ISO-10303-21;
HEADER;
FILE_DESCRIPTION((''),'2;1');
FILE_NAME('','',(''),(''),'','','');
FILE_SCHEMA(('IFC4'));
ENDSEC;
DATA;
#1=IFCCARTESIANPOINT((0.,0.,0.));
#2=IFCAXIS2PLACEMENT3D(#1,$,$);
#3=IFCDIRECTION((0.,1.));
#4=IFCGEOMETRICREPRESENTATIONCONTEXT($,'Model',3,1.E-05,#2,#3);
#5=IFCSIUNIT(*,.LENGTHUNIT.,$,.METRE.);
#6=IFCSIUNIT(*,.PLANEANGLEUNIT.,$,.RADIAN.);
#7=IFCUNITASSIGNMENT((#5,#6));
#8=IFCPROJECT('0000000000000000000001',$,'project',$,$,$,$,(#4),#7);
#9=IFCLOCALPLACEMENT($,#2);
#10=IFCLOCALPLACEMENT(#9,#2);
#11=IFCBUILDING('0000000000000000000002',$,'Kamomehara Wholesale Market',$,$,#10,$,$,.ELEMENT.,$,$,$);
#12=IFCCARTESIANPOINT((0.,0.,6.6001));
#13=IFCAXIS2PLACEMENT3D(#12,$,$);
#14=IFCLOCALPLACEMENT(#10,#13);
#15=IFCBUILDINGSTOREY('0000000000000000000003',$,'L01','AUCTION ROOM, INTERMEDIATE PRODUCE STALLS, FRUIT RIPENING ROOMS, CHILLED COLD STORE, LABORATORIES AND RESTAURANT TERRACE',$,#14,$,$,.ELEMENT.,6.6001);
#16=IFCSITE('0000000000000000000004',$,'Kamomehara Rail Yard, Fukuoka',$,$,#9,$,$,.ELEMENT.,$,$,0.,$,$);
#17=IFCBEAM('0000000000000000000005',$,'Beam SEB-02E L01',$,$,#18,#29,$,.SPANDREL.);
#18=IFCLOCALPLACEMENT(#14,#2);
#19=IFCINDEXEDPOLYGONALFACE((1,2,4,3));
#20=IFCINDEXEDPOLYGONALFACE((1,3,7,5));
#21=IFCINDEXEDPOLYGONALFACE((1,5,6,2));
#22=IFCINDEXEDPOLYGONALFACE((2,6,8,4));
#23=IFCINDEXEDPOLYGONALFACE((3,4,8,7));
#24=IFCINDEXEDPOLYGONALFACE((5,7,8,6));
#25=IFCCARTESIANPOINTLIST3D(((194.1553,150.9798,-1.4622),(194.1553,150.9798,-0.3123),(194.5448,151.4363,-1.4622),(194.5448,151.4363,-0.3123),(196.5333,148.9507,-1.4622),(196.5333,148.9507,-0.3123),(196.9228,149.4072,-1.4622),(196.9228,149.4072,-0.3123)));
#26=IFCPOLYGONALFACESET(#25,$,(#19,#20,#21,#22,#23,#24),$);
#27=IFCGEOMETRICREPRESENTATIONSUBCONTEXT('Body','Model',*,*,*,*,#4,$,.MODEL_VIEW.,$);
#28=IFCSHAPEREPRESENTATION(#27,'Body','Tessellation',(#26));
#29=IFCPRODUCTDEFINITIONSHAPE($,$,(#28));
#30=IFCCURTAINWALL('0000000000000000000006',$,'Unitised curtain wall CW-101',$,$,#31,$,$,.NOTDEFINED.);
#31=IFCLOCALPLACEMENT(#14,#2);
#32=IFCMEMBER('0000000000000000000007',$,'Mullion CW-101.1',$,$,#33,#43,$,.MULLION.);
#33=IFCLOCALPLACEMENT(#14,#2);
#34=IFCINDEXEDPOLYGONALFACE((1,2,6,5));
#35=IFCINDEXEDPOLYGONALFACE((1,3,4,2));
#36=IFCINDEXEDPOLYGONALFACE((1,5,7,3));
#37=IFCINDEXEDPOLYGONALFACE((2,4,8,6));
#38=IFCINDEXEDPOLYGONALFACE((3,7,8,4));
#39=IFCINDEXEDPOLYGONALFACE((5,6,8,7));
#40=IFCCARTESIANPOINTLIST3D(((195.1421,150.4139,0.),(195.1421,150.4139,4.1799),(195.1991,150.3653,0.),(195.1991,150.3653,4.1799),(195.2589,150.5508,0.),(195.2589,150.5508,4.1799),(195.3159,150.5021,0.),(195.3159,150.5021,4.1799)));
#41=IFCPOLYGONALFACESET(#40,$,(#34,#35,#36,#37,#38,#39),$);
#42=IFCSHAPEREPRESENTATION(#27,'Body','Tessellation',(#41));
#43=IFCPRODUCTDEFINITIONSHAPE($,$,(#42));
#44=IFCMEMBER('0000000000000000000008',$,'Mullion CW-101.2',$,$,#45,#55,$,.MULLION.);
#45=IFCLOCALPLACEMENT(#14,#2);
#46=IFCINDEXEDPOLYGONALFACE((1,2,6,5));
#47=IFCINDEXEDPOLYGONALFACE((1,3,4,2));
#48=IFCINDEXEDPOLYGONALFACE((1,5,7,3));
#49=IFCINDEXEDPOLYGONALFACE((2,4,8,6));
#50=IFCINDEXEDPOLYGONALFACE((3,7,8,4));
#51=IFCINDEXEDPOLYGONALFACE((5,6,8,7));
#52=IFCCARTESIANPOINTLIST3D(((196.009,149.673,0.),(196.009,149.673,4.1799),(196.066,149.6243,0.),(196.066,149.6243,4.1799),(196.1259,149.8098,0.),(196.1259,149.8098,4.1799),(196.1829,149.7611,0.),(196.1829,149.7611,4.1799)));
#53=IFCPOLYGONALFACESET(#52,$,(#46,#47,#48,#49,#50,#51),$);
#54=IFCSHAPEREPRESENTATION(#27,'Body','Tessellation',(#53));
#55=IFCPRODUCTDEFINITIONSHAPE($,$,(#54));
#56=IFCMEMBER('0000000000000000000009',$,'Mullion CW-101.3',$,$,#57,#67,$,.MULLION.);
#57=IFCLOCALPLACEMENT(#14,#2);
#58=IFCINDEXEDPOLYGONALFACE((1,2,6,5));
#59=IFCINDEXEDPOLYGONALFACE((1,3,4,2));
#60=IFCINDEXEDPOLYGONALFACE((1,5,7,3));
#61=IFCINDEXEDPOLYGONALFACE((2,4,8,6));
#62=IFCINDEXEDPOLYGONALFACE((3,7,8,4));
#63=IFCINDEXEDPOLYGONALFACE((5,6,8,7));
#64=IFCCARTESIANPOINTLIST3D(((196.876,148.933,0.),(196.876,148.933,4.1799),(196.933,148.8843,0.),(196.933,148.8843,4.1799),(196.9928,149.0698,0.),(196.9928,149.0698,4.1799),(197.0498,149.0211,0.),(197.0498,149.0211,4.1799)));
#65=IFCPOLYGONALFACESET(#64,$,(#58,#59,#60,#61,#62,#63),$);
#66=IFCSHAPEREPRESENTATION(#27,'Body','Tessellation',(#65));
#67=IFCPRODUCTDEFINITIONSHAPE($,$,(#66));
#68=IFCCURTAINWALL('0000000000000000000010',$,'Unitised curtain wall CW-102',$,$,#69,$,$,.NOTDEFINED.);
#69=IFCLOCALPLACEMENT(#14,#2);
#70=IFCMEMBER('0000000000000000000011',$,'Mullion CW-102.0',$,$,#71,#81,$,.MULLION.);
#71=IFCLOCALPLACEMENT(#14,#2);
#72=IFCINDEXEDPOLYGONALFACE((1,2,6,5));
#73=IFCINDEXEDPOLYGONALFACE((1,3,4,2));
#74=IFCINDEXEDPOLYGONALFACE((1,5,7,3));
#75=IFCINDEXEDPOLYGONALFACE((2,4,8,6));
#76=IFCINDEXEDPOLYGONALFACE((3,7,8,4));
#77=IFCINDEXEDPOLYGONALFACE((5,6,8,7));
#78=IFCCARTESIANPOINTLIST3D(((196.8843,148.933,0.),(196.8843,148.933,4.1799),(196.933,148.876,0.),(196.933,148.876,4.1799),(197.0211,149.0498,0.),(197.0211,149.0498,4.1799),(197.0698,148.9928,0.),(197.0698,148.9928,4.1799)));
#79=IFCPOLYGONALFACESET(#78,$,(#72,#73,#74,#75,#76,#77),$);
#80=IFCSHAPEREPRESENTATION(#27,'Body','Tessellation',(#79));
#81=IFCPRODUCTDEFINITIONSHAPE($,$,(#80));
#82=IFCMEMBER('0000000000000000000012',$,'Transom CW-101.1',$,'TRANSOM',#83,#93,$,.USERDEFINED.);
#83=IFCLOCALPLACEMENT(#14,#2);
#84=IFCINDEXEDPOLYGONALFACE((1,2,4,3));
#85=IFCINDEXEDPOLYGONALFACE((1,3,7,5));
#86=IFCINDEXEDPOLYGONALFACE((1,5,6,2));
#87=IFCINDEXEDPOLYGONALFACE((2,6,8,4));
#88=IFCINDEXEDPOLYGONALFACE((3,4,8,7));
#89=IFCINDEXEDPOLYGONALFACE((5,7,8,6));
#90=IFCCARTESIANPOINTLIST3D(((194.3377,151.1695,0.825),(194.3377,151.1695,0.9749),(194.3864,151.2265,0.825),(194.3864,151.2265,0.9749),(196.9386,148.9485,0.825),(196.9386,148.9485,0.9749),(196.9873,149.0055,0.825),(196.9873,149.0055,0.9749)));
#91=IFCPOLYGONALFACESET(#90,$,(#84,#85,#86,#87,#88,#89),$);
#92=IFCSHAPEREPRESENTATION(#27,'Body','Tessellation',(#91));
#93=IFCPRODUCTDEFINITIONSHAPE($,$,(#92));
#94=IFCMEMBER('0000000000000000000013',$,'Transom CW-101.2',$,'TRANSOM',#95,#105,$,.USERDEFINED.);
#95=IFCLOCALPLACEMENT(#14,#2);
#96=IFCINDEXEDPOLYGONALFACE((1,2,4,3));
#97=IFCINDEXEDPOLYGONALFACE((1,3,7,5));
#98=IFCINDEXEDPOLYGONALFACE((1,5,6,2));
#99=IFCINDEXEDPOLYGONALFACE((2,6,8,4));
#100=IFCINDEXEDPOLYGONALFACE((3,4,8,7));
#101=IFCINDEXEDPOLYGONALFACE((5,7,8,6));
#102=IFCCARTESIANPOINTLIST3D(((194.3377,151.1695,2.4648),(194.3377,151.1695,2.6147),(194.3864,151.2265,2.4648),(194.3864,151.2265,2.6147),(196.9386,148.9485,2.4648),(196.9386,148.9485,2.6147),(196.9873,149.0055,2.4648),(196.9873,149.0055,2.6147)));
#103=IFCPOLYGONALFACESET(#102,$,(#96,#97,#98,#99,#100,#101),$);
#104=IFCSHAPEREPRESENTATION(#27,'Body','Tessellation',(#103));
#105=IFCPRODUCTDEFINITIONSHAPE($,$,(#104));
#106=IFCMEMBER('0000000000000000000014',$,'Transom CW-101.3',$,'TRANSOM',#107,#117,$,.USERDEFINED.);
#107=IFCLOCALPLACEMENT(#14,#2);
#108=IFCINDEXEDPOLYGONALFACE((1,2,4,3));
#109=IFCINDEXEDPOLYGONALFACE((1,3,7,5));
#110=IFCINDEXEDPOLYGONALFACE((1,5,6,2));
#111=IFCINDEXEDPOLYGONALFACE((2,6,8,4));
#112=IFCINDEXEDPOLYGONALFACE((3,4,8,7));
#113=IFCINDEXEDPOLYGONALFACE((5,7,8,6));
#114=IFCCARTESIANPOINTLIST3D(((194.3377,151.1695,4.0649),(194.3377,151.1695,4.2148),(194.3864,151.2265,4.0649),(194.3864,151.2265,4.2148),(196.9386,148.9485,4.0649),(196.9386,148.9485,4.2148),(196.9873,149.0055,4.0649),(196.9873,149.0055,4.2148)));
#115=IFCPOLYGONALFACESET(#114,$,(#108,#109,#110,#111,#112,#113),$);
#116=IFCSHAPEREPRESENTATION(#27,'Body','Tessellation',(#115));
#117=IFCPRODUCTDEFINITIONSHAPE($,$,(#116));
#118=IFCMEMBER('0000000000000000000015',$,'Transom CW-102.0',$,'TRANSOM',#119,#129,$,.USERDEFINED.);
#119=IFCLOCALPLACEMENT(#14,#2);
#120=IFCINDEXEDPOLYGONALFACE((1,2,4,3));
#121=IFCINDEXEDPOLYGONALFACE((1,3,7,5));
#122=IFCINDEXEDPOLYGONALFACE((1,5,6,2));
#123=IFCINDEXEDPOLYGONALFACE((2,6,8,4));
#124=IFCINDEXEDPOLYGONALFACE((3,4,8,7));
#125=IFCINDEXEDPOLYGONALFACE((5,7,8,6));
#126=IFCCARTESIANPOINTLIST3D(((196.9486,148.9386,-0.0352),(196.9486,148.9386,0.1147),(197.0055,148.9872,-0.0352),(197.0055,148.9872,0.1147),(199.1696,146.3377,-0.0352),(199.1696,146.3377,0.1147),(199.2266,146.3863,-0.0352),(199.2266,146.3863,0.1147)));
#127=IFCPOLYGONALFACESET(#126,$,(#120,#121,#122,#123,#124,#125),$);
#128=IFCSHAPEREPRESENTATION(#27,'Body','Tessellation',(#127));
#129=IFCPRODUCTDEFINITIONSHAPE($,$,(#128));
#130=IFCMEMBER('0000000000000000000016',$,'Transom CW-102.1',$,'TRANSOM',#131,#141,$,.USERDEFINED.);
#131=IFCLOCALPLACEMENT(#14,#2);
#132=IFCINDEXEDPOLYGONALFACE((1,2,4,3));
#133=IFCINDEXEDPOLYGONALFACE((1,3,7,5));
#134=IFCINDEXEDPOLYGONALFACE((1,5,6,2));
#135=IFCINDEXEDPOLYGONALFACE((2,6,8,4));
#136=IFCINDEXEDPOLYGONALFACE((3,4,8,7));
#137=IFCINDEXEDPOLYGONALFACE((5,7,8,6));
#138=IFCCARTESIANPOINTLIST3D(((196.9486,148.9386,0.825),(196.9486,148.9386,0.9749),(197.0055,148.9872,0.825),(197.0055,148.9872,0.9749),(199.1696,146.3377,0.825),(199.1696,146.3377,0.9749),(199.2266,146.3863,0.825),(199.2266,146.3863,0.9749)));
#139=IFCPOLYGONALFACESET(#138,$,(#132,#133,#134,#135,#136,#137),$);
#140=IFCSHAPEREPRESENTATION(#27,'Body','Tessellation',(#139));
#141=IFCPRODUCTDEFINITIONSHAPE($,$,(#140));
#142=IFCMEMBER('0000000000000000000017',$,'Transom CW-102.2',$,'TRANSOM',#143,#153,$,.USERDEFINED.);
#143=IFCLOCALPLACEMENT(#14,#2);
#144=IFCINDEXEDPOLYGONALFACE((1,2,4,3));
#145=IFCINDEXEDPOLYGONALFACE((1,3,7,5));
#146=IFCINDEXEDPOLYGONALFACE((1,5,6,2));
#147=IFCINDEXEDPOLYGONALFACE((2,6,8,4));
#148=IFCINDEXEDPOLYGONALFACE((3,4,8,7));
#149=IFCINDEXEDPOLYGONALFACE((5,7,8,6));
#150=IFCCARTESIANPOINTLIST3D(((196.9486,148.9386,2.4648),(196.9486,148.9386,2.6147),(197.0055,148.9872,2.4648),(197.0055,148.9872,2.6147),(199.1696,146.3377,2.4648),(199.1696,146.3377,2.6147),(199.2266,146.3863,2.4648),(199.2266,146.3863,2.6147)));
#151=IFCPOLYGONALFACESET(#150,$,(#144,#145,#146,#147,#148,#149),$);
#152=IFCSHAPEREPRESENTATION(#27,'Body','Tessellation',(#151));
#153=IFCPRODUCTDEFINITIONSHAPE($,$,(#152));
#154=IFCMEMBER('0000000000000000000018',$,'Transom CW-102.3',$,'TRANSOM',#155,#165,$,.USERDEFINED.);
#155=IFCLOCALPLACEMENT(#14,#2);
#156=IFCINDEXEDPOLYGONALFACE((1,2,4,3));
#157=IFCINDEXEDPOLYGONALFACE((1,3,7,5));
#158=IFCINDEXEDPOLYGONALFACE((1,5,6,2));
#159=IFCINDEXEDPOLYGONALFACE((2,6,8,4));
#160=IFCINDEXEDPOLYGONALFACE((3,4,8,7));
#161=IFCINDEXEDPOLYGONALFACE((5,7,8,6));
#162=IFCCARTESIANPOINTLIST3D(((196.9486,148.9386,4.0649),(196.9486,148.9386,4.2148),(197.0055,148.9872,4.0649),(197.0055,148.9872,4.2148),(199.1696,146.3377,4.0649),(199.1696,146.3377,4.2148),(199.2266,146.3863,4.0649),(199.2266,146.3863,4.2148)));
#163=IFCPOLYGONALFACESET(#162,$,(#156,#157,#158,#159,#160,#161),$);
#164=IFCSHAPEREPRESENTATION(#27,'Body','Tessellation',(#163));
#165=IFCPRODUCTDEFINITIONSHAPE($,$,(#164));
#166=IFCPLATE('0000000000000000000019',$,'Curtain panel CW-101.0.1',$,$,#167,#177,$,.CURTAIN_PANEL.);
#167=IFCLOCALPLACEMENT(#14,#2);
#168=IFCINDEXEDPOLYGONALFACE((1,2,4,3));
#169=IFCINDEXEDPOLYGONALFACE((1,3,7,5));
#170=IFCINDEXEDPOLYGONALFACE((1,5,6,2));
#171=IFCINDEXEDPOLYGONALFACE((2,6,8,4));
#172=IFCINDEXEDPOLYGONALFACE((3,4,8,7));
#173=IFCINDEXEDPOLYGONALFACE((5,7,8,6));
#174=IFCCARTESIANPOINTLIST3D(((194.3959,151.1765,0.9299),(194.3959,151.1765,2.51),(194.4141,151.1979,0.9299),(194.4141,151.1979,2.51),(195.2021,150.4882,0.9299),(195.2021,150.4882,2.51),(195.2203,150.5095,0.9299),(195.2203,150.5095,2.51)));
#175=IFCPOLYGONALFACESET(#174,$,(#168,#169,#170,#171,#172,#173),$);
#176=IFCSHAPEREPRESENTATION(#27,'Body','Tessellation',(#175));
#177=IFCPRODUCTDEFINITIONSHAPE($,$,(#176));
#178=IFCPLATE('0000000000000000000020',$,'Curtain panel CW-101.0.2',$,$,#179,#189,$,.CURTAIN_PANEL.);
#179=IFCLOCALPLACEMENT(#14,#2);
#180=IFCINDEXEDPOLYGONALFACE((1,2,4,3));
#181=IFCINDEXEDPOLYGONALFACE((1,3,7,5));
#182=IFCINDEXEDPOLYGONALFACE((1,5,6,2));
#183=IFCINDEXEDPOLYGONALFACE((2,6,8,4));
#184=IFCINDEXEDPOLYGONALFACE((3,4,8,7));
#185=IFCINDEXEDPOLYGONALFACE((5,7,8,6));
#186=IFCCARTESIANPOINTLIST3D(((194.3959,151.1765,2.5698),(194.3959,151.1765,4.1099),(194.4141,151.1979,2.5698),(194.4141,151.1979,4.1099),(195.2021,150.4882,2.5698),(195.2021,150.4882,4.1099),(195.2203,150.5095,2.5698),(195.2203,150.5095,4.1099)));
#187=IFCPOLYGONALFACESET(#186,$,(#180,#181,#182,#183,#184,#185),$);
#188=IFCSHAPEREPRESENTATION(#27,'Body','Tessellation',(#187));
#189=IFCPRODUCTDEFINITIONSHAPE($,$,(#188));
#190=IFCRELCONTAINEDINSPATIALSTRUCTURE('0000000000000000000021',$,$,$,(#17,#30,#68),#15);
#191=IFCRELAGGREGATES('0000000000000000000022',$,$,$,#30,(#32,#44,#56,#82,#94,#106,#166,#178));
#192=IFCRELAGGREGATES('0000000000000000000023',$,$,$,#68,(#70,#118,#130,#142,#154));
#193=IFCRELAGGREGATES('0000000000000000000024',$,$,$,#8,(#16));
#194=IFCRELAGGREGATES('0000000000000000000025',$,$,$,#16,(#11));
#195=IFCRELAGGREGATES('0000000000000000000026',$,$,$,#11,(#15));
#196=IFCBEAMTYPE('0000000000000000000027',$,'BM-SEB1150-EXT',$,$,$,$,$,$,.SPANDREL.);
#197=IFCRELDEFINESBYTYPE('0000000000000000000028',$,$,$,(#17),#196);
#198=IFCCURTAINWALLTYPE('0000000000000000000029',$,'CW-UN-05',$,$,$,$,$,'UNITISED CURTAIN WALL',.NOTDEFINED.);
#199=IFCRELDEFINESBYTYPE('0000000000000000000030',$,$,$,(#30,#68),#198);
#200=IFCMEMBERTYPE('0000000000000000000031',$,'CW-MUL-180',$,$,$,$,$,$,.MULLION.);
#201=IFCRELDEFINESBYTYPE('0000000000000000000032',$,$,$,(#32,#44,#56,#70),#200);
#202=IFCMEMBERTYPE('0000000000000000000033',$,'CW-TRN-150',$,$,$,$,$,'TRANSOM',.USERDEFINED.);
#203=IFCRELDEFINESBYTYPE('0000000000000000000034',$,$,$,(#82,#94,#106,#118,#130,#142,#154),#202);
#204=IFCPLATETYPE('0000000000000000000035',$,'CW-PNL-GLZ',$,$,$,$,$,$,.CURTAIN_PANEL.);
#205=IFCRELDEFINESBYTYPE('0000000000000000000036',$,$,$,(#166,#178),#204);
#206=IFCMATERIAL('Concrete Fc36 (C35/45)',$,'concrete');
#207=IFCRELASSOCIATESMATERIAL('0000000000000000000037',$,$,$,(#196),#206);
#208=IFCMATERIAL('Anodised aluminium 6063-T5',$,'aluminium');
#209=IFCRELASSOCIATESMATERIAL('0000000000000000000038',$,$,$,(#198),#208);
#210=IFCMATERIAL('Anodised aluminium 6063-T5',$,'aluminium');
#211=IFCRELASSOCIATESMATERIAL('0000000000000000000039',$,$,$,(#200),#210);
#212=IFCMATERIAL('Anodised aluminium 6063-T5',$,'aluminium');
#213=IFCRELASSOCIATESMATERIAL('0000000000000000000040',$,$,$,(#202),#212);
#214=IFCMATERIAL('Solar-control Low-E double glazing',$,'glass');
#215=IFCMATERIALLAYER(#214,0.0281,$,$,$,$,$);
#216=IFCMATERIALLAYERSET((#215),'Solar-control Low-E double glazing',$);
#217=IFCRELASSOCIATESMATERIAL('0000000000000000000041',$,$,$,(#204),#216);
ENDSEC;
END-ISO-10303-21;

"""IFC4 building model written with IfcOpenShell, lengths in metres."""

from ifc_helpers import new_model, si_unit, direction, frame, origin, origin_2d, place, context, subcontext, project, spatial, rectangle, extrude, material, layer, layer_set, material_profile, profile_set, type_object, element, aggregate, save


model = new_model("IFC4")

# Units and contexts
model_context = context("Model", 3, precision=1e-05, world=origin(), true_north=direction((0.0, 1.0)))
body_context = subcontext(model_context, "Body", "Model", "MODEL_VIEW")
ifc_project = project(units=[si_unit("LENGTHUNIT", "METRE"), si_unit("PLANEANGLEUNIT", "RADIAN")], contexts=[model_context])

# Site, building, storey
site_placement = place(None, origin())
site = spatial("IfcSite", under=ifc_project, at=site_placement, Name="Kamomehara Rail Yard, Fukuoka", CompositionType="ELEMENT", RefElevation=0.0)
building_placement = place(site_placement, origin())
building = spatial("IfcBuilding", under=site, at=building_placement, Name="Kamomehara Wholesale Market", CompositionType="ELEMENT")
storey_placement = place(building_placement, frame((0.0, 0.0, 6.6001)))
storey = spatial("IfcBuildingStorey", under=building, at=storey_placement, Name="L01", Description="AUCTION ROOM, INTERMEDIATE PRODUCE STALLS, FRUIT RIPENING ROOMS, CHILLED COLD STORE, LABORATORIES AND RESTAURANT TERRACE", CompositionType="ELEMENT", Elevation=6.6001)

# Beam
ifc_material_1 = material(Name="Concrete Fc36 (C35/45)", Category="concrete")
ifc_material_profile_1 = material_profile(ifc_material_1, rectangle(XDim=0.6001, YDim=1.1499, at=origin_2d()), Name="RC-SEB-600x1150")
ifc_profile_set_1 = profile_set([ifc_material_profile_1], Name="Concrete Fc36 (C35/45)")
beam_type = type_object("IfcBeamType", Name="BM-SEB1150-EXT", PredefinedType="SPANDREL", material=ifc_profile_set_1)
beam_placement = place(storey_placement, frame((196.728, 149.179, -0.8872), z_axis=(-0.760705, 0.649098, 0.0), x_axis=(-0.649098, -0.760705, 0.0)))
element("IfcBeam", 1, at=beam_placement, inside=storey, type_object=beam_type, Name="Beam SEB-02E L01", PredefinedType="SPANDREL", context=body_context, shape_type="SweptSolid", body=[
    extrude(rectangle(XDim=0.6001, YDim=1.1499, at=origin_2d()), origin(), (0.0, 0.0, 1.0), 3.126),
])

# Curtain wall, members
ifc_material_2 = material(Name="Anodised aluminium 6063-T5", Category="aluminium")
curtain_wall_type = type_object("IfcCurtainWallType", Name="CW-UN-05", ElementType="UNITISED CURTAIN WALL", PredefinedType="NOTDEFINED", material=ifc_material_2)
curtain_wall_1_placement = place(storey_placement, origin())
curtain_wall_1 = element("IfcCurtainWall", 2, at=curtain_wall_1_placement, inside=storey, type_object=curtain_wall_type, Name="Unitised curtain wall CW-101", PredefinedType="NOTDEFINED")
ifc_material_3 = material(Name="Anodised aluminium 6063-T5", Category="aluminium")
ifc_material_profile_2 = material_profile(ifc_material_3, rectangle(XDim=0.075, YDim=0.1799, at=origin_2d()), Name="ALU-MUL-75x180")
ifc_profile_set_2 = profile_set([ifc_material_profile_2], Name="Anodised aluminium 6063-T5")
member_type_1 = type_object("IfcMemberType", Name="CW-MUL-180", PredefinedType="MULLION", material=ifc_profile_set_2)
member_1_placement = place(storey_placement, frame((195.229, 150.458, 0.0), z_axis=(0.0, 0.0, 1.0), x_axis=(0.760473, -0.64937, 0.0)))
member_1 = element("IfcMember", 3, at=member_1_placement, type_object=member_type_1, Name="Mullion CW-101.1", PredefinedType="MULLION", context=body_context, shape_type="SweptSolid", body=[
    extrude(rectangle(XDim=0.075, YDim=0.1799, at=origin_2d()), origin(), (0.0, 0.0, 1.0), 4.1799),
])
member_2_placement = place(storey_placement, frame((196.0959, 149.717, 0.0), z_axis=(0.0, 0.0, 1.0), x_axis=(0.760473, -0.64937, 0.0)))
member_2 = element("IfcMember", 4, at=member_2_placement, type_object=member_type_1, Name="Mullion CW-101.2", PredefinedType="MULLION", context=body_context, shape_type="SweptSolid", body=[
    extrude(rectangle(XDim=0.075, YDim=0.1799, at=origin_2d()), origin(), (0.0, 0.0, 1.0), 4.1799),
])
member_3_placement = place(storey_placement, frame((196.9629, 148.9771, 0.0), z_axis=(0.0, 0.0, 1.0), x_axis=(0.760473, -0.64937, 0.0)))
member_3 = element("IfcMember", 5, at=member_3_placement, type_object=member_type_1, Name="Mullion CW-101.3", PredefinedType="MULLION", context=body_context, shape_type="SweptSolid", body=[
    extrude(rectangle(XDim=0.075, YDim=0.1799, at=origin_2d()), origin(), (0.0, 0.0, 1.0), 4.1799),
])

# Curtain wall, member
curtain_wall_2_placement = place(storey_placement, origin())
curtain_wall_2 = element("IfcCurtainWall", 6, at=curtain_wall_2_placement, inside=storey, type_object=curtain_wall_type, Name="Unitised curtain wall CW-102", PredefinedType="NOTDEFINED")
member_4_placement = place(storey_placement, frame((196.9771, 148.9629, 0.0), z_axis=(0.0, 0.0, 1.0), x_axis=(0.64937, -0.760473, 0.0)))
member_4 = element("IfcMember", 7, at=member_4_placement, type_object=member_type_1, Name="Mullion CW-102.0", PredefinedType="MULLION", context=body_context, shape_type="SweptSolid", body=[
    extrude(rectangle(XDim=0.075, YDim=0.1799, at=origin_2d()), origin(), (0.0, 0.0, 1.0), 4.1799),
])

# Members
ifc_material_4 = material(Name="Anodised aluminium 6063-T5", Category="aluminium")
ifc_material_profile_3 = material_profile(ifc_material_4, rectangle(XDim=0.075, YDim=0.1499, at=origin_2d()), Name="ALU-TRN-75x150")
ifc_profile_set_3 = profile_set([ifc_material_profile_3], Name="Anodised aluminium 6063-T5")
member_type_2 = type_object("IfcMemberType", Name="CW-TRN-150", ElementType="TRANSOM", PredefinedType="USERDEFINED", material=ifc_profile_set_3)
member_5_placement = place(storey_placement, frame((194.3621, 151.198, 0.8999), z_axis=(0.76046, -0.649385, 0.0), x_axis=(0.649385, 0.76046, 0.0)))
member_5 = element("IfcMember", 8, at=member_5_placement, type_object=member_type_2, Name="Transom CW-101.1", ObjectType="TRANSOM", PredefinedType="USERDEFINED", context=body_context, shape_type="SweptSolid", body=[
    extrude(rectangle(XDim=0.075, YDim=0.1499, at=origin_2d()), origin(), (0.0, 0.0, 1.0), 3.4202),
])
member_6_placement = place(storey_placement, frame((194.3621, 151.198, 2.5398), z_axis=(0.76046, -0.649385, 0.0), x_axis=(0.649385, 0.76046, 0.0)))
member_6 = element("IfcMember", 9, at=member_6_placement, type_object=member_type_2, Name="Transom CW-101.2", ObjectType="TRANSOM", PredefinedType="USERDEFINED", context=body_context, shape_type="SweptSolid", body=[
    extrude(rectangle(XDim=0.075, YDim=0.1499, at=origin_2d()), origin(), (0.0, 0.0, 1.0), 3.4202),
])
member_7_placement = place(storey_placement, frame((194.3621, 151.198, 4.1399), z_axis=(0.76046, -0.649385, 0.0), x_axis=(0.649385, 0.76046, 0.0)))
member_7 = element("IfcMember", 10, at=member_7_placement, type_object=member_type_2, Name="Transom CW-101.3", ObjectType="TRANSOM", PredefinedType="USERDEFINED", context=body_context, shape_type="SweptSolid", body=[
    extrude(rectangle(XDim=0.075, YDim=0.1499, at=origin_2d()), origin(), (0.0, 0.0, 1.0), 3.4202),
])
member_8_placement = place(storey_placement, frame((196.9771, 148.9629, 0.0398), z_axis=(0.649385, -0.76046, 0.0), x_axis=(0.76046, 0.649385, 0.0)))
member_8 = element("IfcMember", 11, at=member_8_placement, type_object=member_type_2, Name="Transom CW-102.0", ObjectType="TRANSOM", PredefinedType="USERDEFINED", context=body_context, shape_type="SweptSolid", body=[
    extrude(rectangle(XDim=0.075, YDim=0.1499, at=origin_2d()), origin(), (0.0, 0.0, 1.0), 3.4202),
])
member_9_placement = place(storey_placement, frame((196.9771, 148.9629, 0.8999), z_axis=(0.649385, -0.76046, 0.0), x_axis=(0.76046, 0.649385, 0.0)))
member_9 = element("IfcMember", 12, at=member_9_placement, type_object=member_type_2, Name="Transom CW-102.1", ObjectType="TRANSOM", PredefinedType="USERDEFINED", context=body_context, shape_type="SweptSolid", body=[
    extrude(rectangle(XDim=0.075, YDim=0.1499, at=origin_2d()), origin(), (0.0, 0.0, 1.0), 3.4202),
])
member_10_placement = place(storey_placement, frame((196.9771, 148.9629, 2.5398), z_axis=(0.649385, -0.76046, 0.0), x_axis=(0.76046, 0.649385, 0.0)))
member_10 = element("IfcMember", 13, at=member_10_placement, type_object=member_type_2, Name="Transom CW-102.2", ObjectType="TRANSOM", PredefinedType="USERDEFINED", context=body_context, shape_type="SweptSolid", body=[
    extrude(rectangle(XDim=0.075, YDim=0.1499, at=origin_2d()), origin(), (0.0, 0.0, 1.0), 3.4202),
])
member_11_placement = place(storey_placement, frame((196.9771, 148.9629, 4.1399), z_axis=(0.649385, -0.76046, 0.0), x_axis=(0.76046, 0.649385, 0.0)))
member_11 = element("IfcMember", 14, at=member_11_placement, type_object=member_type_2, Name="Transom CW-102.3", ObjectType="TRANSOM", PredefinedType="USERDEFINED", context=body_context, shape_type="SweptSolid", body=[
    extrude(rectangle(XDim=0.075, YDim=0.1499, at=origin_2d()), origin(), (0.0, 0.0, 1.0), 3.4202),
])

# Plates
ifc_material_5 = material(Name="Solar-control Low-E double glazing", Category="glass")
ifc_layer_1 = layer(ifc_material_5, 0.0281)
ifc_layer_set_1 = layer_set([ifc_layer_1], Name="Solar-control Low-E double glazing")
plate_type_1 = type_object("IfcPlateType", Name="CW-PNL-GLZ", PredefinedType="CURTAIN_PANEL", material=ifc_layer_set_1)
plate_1_placement = place(storey_placement, frame((194.8081, 150.843, 0.9299), z_axis=(0.0, 0.0, 1.0), x_axis=(0.760474, -0.649368, 0.0)))
plate_1 = element("IfcPlate", 15, at=plate_1_placement, type_object=plate_type_1, Name="Curtain panel CW-101.0.1", PredefinedType="CURTAIN_PANEL", context=body_context, shape_type="SweptSolid", body=[
    extrude(rectangle(XDim=1.0601, YDim=0.0281, at=origin_2d()), origin(), (0.0, 0.0, 1.0), 1.5801),
])
plate_2_placement = place(storey_placement, frame((194.8081, 150.843, 2.5698), z_axis=(0.0, 0.0, 1.0), x_axis=(0.760474, -0.649368, 0.0)))
plate_2 = element("IfcPlate", 16, at=plate_2_placement, type_object=plate_type_1, Name="Curtain panel CW-101.0.2", PredefinedType="CURTAIN_PANEL", context=body_context, shape_type="SweptSolid", body=[
    extrude(rectangle(XDim=1.0601, YDim=0.0281, at=origin_2d()), origin(), (0.0, 0.0, 1.0), 1.54),
])
aggregate(curtain_wall_1, [member_1, member_2, member_3, member_5, member_6, member_7, plate_1, plate_2])
aggregate(curtain_wall_2, [member_4, member_8, member_9, member_10, member_11])

save(model, "model.ifc")
